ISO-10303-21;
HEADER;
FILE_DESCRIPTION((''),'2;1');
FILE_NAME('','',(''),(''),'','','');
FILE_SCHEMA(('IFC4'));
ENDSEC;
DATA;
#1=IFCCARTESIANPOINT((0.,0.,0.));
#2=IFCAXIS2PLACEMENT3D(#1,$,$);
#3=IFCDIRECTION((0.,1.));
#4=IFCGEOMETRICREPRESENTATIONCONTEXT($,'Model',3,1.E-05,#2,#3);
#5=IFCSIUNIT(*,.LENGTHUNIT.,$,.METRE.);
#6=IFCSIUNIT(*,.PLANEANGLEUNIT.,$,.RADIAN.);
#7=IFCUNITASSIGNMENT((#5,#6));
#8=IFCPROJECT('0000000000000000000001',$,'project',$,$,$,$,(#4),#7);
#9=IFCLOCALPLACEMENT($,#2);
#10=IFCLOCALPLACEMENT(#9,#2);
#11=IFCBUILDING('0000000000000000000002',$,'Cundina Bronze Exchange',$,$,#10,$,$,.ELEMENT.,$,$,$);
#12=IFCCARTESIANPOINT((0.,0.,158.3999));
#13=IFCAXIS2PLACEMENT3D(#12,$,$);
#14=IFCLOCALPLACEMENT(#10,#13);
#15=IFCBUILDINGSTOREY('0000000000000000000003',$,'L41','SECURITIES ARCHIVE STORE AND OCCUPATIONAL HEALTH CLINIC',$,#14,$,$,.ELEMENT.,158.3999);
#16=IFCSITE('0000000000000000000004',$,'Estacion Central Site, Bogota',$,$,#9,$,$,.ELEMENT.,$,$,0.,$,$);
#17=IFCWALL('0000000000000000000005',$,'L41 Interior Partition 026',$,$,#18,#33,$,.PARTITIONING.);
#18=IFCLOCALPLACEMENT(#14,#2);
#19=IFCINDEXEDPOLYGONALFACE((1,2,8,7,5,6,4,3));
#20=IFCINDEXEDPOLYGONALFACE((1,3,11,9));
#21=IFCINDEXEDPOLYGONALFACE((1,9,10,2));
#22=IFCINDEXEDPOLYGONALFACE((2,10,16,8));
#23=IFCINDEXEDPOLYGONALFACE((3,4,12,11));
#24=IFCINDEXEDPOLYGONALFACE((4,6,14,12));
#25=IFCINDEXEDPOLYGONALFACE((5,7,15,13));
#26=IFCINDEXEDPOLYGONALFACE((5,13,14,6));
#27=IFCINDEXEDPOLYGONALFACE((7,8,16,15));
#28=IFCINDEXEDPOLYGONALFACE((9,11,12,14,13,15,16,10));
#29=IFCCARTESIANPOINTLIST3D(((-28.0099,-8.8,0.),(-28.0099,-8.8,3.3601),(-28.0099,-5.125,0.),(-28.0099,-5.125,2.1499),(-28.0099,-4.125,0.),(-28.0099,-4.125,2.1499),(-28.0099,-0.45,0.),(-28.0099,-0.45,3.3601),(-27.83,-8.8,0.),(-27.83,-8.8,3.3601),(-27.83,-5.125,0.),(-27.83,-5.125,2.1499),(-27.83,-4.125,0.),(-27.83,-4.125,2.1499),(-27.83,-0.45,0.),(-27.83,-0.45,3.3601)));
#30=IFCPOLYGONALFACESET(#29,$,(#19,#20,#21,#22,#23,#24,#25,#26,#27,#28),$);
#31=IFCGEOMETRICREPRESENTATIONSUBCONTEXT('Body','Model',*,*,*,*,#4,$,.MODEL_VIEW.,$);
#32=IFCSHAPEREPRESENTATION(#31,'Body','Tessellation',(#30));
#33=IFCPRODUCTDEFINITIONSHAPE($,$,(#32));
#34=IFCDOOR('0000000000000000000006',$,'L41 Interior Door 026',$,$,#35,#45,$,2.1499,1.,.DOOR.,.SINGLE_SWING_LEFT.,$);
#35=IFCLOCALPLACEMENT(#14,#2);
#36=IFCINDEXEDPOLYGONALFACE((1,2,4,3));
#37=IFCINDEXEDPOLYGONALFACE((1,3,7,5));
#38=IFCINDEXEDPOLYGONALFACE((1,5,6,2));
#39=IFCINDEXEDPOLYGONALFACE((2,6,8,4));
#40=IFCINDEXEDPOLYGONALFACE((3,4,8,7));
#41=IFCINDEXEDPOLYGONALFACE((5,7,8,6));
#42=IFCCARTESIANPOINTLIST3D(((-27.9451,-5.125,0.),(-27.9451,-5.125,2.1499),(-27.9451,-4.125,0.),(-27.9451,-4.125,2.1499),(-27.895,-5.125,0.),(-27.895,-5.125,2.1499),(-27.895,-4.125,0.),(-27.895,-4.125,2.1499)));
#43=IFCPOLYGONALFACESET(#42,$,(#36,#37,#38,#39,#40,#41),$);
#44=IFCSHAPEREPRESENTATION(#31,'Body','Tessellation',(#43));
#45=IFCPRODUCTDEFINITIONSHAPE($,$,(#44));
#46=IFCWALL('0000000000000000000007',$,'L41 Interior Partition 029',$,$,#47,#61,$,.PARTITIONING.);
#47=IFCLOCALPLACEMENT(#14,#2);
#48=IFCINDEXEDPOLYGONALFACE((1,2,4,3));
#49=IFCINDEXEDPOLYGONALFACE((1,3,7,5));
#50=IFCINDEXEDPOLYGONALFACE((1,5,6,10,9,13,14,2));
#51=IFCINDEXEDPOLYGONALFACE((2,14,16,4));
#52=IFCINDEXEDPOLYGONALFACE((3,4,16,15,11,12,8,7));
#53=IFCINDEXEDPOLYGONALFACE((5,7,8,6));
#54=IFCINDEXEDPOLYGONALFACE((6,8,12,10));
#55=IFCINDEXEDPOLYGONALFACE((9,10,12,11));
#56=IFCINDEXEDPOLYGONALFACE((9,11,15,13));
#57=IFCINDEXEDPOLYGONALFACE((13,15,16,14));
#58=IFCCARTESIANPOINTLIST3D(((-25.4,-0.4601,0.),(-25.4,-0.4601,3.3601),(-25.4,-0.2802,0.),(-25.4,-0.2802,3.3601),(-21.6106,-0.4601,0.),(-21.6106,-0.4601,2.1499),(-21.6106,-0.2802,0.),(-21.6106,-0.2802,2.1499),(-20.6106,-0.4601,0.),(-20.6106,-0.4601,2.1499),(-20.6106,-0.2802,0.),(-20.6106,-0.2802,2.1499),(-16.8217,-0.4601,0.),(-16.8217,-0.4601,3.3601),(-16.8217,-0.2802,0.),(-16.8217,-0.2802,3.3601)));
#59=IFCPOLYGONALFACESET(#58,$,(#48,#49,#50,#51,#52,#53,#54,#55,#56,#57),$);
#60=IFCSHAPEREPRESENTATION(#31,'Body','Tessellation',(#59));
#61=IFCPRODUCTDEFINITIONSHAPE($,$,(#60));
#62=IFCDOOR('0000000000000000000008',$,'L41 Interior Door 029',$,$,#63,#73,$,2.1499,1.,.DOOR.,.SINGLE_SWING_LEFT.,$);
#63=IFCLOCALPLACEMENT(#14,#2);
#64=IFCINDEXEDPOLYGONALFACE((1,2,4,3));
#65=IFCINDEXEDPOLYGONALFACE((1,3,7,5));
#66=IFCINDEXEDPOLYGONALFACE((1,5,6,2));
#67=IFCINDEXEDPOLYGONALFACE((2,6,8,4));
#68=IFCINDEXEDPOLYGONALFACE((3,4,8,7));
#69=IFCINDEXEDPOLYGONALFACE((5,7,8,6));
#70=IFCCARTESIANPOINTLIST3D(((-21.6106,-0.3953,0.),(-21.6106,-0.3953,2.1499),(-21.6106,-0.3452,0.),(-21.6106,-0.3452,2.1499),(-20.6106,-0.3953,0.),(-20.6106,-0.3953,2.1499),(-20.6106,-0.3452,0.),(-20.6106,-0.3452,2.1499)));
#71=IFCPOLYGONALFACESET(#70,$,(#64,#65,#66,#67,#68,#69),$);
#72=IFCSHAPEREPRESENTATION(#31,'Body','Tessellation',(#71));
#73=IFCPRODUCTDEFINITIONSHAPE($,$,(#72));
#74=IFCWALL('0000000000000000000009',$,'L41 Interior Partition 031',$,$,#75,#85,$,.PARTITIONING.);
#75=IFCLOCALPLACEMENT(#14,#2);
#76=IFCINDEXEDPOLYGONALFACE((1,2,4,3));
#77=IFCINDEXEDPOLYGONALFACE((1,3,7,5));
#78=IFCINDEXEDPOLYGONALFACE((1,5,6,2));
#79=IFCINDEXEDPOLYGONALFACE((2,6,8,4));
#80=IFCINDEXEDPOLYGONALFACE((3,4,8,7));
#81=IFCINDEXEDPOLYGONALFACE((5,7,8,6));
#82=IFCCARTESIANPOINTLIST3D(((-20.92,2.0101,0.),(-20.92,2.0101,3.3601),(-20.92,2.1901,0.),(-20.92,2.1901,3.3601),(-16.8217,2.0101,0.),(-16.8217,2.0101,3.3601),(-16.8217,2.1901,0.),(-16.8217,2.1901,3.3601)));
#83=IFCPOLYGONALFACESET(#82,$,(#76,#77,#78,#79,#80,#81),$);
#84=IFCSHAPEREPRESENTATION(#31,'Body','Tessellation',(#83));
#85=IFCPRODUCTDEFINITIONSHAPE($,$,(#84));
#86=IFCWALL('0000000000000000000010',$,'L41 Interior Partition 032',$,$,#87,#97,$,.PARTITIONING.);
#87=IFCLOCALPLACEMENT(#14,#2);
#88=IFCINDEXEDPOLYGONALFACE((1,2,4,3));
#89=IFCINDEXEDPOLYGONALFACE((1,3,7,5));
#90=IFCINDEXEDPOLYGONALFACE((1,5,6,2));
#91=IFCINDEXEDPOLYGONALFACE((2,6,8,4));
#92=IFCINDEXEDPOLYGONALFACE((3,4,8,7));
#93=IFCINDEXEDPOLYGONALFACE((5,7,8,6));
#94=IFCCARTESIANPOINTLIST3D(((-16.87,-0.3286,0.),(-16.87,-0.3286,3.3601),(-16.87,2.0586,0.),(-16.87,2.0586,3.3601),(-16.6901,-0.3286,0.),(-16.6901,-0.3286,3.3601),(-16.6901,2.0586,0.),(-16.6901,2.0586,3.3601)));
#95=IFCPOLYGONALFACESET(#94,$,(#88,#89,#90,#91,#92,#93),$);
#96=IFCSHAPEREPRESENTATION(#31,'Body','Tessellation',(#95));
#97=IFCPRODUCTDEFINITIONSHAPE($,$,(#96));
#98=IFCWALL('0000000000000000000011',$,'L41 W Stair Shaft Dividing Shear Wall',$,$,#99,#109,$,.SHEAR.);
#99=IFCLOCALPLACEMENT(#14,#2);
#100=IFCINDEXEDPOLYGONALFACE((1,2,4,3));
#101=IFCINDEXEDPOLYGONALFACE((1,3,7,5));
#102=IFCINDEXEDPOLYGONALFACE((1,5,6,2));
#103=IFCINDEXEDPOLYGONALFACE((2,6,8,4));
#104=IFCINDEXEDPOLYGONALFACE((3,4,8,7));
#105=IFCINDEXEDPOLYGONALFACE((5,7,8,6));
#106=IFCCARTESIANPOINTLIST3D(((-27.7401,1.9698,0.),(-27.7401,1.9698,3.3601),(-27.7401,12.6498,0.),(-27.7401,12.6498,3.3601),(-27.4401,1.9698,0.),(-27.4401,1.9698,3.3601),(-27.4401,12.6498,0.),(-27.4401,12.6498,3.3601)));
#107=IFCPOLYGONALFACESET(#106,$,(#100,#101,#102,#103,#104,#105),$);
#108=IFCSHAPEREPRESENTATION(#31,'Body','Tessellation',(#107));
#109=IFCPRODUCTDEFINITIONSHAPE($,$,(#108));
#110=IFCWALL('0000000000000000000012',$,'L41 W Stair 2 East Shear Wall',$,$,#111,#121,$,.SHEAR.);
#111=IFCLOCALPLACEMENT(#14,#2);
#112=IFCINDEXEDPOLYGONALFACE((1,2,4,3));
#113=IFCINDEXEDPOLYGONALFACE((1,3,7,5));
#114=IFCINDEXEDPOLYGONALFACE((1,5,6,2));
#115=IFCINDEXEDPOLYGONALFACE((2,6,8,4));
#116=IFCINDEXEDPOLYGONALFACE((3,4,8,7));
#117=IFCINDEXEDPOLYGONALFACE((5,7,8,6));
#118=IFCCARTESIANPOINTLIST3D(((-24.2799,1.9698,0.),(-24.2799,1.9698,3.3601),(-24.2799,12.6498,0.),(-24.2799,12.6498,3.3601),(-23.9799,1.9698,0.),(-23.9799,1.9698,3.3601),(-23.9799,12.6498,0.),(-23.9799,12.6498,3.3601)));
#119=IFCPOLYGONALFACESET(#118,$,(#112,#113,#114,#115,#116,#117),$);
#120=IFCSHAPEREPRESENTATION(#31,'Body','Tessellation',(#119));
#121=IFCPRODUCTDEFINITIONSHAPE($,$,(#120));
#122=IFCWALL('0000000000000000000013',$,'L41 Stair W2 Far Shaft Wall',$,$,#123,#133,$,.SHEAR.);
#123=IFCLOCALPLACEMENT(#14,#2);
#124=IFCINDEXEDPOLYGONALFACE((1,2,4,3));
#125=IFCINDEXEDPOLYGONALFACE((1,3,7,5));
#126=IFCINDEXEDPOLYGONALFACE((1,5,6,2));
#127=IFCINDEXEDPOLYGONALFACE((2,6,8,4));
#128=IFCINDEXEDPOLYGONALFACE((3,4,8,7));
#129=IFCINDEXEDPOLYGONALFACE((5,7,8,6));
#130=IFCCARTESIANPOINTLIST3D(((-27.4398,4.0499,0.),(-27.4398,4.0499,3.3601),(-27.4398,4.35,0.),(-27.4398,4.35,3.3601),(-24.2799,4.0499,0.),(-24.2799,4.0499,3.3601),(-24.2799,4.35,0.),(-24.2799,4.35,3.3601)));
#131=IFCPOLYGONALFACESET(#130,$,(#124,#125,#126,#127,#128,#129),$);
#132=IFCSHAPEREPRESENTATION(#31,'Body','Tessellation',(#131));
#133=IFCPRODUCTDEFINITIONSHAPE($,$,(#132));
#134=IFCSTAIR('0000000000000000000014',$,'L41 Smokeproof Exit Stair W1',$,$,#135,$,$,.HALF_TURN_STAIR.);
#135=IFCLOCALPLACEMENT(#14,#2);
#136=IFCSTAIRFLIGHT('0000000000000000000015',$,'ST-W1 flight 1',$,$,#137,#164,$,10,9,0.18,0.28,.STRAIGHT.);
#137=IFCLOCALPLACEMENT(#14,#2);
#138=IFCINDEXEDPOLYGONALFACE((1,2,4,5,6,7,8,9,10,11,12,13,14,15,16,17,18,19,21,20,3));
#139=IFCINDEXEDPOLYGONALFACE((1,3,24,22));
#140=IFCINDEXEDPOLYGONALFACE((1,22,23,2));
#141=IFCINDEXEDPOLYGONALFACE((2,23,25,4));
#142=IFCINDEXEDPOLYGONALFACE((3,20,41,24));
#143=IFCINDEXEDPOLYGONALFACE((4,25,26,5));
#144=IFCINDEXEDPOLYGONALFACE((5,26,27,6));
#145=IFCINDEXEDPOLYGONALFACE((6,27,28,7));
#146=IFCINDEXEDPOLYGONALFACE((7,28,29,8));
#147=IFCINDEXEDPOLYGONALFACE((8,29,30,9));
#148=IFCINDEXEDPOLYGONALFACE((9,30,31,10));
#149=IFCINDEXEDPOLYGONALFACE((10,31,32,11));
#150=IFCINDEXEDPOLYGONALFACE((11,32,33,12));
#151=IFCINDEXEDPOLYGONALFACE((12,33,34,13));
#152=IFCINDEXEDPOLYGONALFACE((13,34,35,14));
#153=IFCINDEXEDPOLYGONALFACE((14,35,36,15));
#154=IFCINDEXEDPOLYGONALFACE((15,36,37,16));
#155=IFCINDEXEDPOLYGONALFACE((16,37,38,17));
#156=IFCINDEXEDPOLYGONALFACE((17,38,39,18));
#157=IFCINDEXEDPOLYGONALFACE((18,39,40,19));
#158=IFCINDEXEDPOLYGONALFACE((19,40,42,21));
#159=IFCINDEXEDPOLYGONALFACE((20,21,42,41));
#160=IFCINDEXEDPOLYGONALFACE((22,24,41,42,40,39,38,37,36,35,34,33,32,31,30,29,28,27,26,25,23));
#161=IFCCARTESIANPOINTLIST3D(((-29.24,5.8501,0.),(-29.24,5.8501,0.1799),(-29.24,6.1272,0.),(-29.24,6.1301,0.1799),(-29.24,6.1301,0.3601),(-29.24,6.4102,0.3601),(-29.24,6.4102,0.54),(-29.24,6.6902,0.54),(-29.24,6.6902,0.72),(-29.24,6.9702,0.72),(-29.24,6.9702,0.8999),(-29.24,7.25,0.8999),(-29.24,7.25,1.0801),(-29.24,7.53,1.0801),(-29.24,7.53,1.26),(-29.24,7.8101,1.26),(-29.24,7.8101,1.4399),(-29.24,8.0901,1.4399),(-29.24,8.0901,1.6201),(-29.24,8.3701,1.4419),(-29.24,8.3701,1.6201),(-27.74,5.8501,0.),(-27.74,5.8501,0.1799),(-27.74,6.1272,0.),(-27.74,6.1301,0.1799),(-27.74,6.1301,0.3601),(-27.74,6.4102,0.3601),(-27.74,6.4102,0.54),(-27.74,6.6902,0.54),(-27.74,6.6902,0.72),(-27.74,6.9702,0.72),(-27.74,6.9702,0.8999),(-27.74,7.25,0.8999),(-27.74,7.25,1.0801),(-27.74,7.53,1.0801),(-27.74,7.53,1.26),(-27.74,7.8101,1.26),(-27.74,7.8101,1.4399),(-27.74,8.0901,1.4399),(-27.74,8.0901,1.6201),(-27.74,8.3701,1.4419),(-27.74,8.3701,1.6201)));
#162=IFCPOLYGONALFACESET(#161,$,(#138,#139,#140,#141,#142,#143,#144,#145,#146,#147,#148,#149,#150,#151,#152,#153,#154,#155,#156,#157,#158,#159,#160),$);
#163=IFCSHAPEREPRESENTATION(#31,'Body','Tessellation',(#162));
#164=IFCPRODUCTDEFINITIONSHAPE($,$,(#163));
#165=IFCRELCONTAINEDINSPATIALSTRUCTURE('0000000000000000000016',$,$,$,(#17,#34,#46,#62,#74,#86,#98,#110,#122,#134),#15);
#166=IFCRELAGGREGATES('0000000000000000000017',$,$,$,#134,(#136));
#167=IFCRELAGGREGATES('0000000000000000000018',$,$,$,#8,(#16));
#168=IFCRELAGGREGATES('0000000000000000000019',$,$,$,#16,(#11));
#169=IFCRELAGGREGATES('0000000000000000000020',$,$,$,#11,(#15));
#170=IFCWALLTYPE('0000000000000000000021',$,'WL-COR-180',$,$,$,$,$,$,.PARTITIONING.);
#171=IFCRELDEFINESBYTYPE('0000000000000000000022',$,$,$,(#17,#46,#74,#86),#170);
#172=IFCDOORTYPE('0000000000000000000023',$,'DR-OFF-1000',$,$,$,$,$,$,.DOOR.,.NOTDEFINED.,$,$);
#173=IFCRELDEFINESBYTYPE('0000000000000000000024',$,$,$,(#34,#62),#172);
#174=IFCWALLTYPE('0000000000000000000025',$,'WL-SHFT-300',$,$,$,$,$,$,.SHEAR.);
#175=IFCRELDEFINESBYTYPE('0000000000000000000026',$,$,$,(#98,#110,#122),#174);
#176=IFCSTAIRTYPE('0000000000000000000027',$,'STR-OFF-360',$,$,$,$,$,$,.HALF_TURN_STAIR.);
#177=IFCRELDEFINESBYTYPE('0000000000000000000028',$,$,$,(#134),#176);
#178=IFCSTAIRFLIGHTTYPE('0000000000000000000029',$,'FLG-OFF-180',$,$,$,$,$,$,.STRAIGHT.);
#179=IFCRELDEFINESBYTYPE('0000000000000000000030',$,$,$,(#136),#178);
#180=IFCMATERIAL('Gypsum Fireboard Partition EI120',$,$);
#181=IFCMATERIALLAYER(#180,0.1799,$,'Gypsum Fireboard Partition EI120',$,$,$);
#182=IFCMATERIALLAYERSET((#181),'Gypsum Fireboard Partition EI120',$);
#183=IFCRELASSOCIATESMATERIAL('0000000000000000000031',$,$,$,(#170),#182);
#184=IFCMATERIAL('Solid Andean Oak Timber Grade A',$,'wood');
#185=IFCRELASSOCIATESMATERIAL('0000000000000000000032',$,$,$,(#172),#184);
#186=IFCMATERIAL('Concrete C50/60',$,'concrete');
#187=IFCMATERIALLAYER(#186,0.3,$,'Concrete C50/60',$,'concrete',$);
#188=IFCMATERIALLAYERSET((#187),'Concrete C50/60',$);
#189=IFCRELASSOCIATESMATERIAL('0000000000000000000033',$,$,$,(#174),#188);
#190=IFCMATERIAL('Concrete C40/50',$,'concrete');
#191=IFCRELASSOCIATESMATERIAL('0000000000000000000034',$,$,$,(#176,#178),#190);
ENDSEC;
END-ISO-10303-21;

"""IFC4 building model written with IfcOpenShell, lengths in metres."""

from ifc_helpers import new_model, si_unit, direction, frame, frame_2d, origin, place, context, subcontext, project, spatial, polyline, rectangle, outline, extrude, material, layer, layer_set, type_object, element, fill, aggregate, save


model = new_model("IFC4")

# Units and contexts
model_context = context("Model", 3, precision=1e-05, world=origin(), true_north=direction((0.0, 1.0)))
body_context = subcontext(model_context, "Body", "Model", "MODEL_VIEW")
ifc_project = project(units=[si_unit("LENGTHUNIT", "METRE"), si_unit("PLANEANGLEUNIT", "RADIAN")], contexts=[model_context])

# Site, building, storey
site_placement = place(None, origin())
site = spatial("IfcSite", under=ifc_project, at=site_placement, Name="Estacion Central Site, Bogota", CompositionType="ELEMENT", RefElevation=0.0)
building_placement = place(site_placement, origin())
building = spatial("IfcBuilding", under=site, at=building_placement, Name="Cundina Bronze Exchange", CompositionType="ELEMENT")
storey_placement = place(building_placement, frame((0.0, 0.0, 158.3999)))
storey = spatial("IfcBuildingStorey", under=building, at=storey_placement, Name="L41", Description="SECURITIES ARCHIVE STORE AND OCCUPATIONAL HEALTH CLINIC", CompositionType="ELEMENT", Elevation=158.3999)

# Shared definitions
ifc_material_1 = material(Name="Concrete C50/60", Category="concrete")

# Shared definitions
ifc_material_2 = material(Name="Gypsum Fireboard Partition EI120")
ifc_layer_1 = layer(ifc_material_2, 0.1799, Name="Gypsum Fireboard Partition EI120")
ifc_layer_set_1 = layer_set([ifc_layer_1], Name="Gypsum Fireboard Partition EI120")
wall_type_1 = type_object("IfcWallType", Name="WL-COR-180", PredefinedType="PARTITIONING", material=ifc_layer_set_1)

# Walls, openings, doors
wall_1_placement = place(storey_placement, frame((-27.9199, -0.45, 0.0), z_axis=(0.0, 0.0, 1.0), x_axis=(0.0, -1.0, 0.0)))
wall_1 = element("IfcWall", 1, at=wall_1_placement, inside=storey, type_object=wall_type_1, Name="L41 Interior Partition 026", PredefinedType="PARTITIONING", context=body_context, shape_type="SweptSolid", body=[
    extrude(rectangle(XDim=8.3501, YDim=0.1799, at=frame_2d((4.175, 0.0))), origin(), (0.0, 0.0, 1.0), 3.3601),
])
opening_1_placement = place(wall_1_placement, frame((3.675, 0.0, 0.0)))
opening_1 = element("IfcOpeningElement", 2, at=opening_1_placement, cuts=wall_1, PredefinedType="OPENING", context=body_context, shape_type="SweptSolid", body=[
    extrude(rectangle(XDim=1.0, YDim=2.1499, at=frame_2d((0.5, 1.075))), frame((0.0, 0.0999, 0.0), z_axis=(0.0, -1.0, 0.0), x_axis=(1.0, 0.0, 0.0)), (0.0, 0.0, 1.0), 0.2),
])
ifc_material_3 = material(Name="Solid Andean Oak Timber Grade A", Category="wood")
door_type_1 = type_object("IfcDoorType", Name="DR-OFF-1000", OperationType="NOTDEFINED", PredefinedType="DOOR", material=ifc_material_3)
door_1_placement = place(opening_1_placement, origin())
door_1 = element("IfcDoor", 3, at=door_1_placement, inside=storey, type_object=door_type_1, Name="L41 Interior Door 026", OperationType="SINGLE_SWING_LEFT", OverallHeight=2.1499, OverallWidth=1.0, PredefinedType="DOOR", context=body_context, shape_type="SweptSolid", body=[
    extrude(rectangle(XDim=1.0, YDim=2.1499, at=frame_2d((0.5, 1.075))), frame((0.0, 0.0249, 0.0), z_axis=(0.0, -1.0, 0.0), x_axis=(1.0, 0.0, 0.0)), (0.0, 0.0, 1.0), 0.05),
])
fill(opening_1, door_1)
wall_2_placement = place(storey_placement, frame((-25.3999, -0.3701, 0.0), z_axis=(0.0, 0.0, 1.0), x_axis=(1.0, 0.0, 0.0)))
wall_2 = element("IfcWall", 4, at=wall_2_placement, inside=storey, type_object=wall_type_1, Name="L41 Interior Partition 029", PredefinedType="PARTITIONING", context=body_context, shape_type="SweptSolid", body=[
    extrude(rectangle(XDim=8.5784, YDim=0.1799, at=frame_2d((4.2891, 0.0))), origin(), (0.0, 0.0, 1.0), 3.3601),
])
opening_2_placement = place(wall_2_placement, frame((3.7893, 0.0, 0.0)))
opening_2 = element("IfcOpeningElement", 5, at=opening_2_placement, cuts=wall_2, PredefinedType="OPENING", context=body_context, shape_type="SweptSolid", body=[
    extrude(rectangle(XDim=1.0, YDim=2.1499, at=frame_2d((0.5, 1.075))), frame((0.0, 0.0999, 0.0), z_axis=(0.0, -1.0, 0.0), x_axis=(1.0, 0.0, 0.0)), (0.0, 0.0, 1.0), 0.2),
])
door_2_placement = place(opening_2_placement, origin())
door_2 = element("IfcDoor", 6, at=door_2_placement, inside=storey, type_object=door_type_1, Name="L41 Interior Door 029", OperationType="SINGLE_SWING_LEFT", OverallHeight=2.1499, OverallWidth=1.0, PredefinedType="DOOR", context=body_context, shape_type="SweptSolid", body=[
    extrude(rectangle(XDim=1.0, YDim=2.1499, at=frame_2d((0.5, 1.075))), frame((0.0, 0.0249, 0.0), z_axis=(0.0, -1.0, 0.0), x_axis=(1.0, 0.0, 0.0)), (0.0, 0.0, 1.0), 0.05),
])
fill(opening_2, door_2)

# Walls
wall_3_placement = place(storey_placement, frame((-16.8215, 2.1001, 0.0), z_axis=(0.0, 0.0, 1.0), x_axis=(-1.0, 0.0, 0.0)))
element("IfcWall", 7, at=wall_3_placement, inside=storey, type_object=wall_type_1, Name="L41 Interior Partition 031", PredefinedType="PARTITIONING", context=body_context, shape_type="SweptSolid", body=[
    extrude(rectangle(XDim=4.0984, YDim=0.1799, at=frame_2d((2.0493, 0.0))), origin(), (0.0, 0.0, 1.0), 3.3601),
])
wall_4_placement = place(storey_placement, frame((-16.78, -0.3286, 0.0), z_axis=(0.0, 0.0, 1.0), x_axis=(0.0, 1.0, 0.0)))
element("IfcWall", 8, at=wall_4_placement, inside=storey, type_object=wall_type_1, Name="L41 Interior Partition 032", PredefinedType="PARTITIONING", context=body_context, shape_type="SweptSolid", body=[
    extrude(rectangle(XDim=2.3872, YDim=0.1799, at=frame_2d((1.1936, 0.0))), origin(), (0.0, 0.0, 1.0), 3.3601),
])
ifc_layer_2 = layer(ifc_material_1, 0.3, Name="Concrete C50/60", Category="concrete")
ifc_layer_set_2 = layer_set([ifc_layer_2], Name="Concrete C50/60")
wall_type_2 = type_object("IfcWallType", Name="WL-SHFT-300", PredefinedType="SHEAR", material=ifc_layer_set_2)
for number, where, z_axis, x_axis, name in (
    (9, (-27.5901, 1.97, 0.0), (0.0, 0.0, 1.0), (0.0, 1.0, 0.0), "L41 W Stair Shaft Dividing Shear Wall"),
    (10, (-24.1299, 1.97, 0.0), (0.0, 0.0, 1.0), (0.0, 1.0, 0.0), "L41 W Stair 2 East Shear Wall"),
):
    element("IfcWall", number, at=place(storey_placement, frame(where, z_axis=z_axis, x_axis=x_axis)), inside=storey, type_object=wall_type_2, Name=name, PredefinedType="SHEAR", context=body_context, shape_type="SweptSolid", body=[
        extrude(rectangle(XDim=10.6799, YDim=0.3, at=frame_2d((5.3398, 0.0))), origin(), (0.0, 0.0, 1.0), 3.3601),
    ])
wall_5_placement = place(storey_placement, frame((-27.4399, 4.2, 0.0), z_axis=(0.0, 0.0, 1.0), x_axis=(1.0, 0.0, 0.0)))
element("IfcWall", 11, at=wall_5_placement, inside=storey, type_object=wall_type_2, Name="L41 Stair W2 Far Shaft Wall", PredefinedType="SHEAR", context=body_context, shape_type="SweptSolid", body=[
    extrude(rectangle(XDim=3.1599, YDim=0.3, at=frame_2d((1.5801, 0.0))), origin(), (0.0, 0.0, 1.0), 3.3601),
])

# Stair, stair flight
ifc_material_4 = material(Name="Concrete C40/50", Category="concrete")
stair_type = type_object("IfcStairType", Name="STR-OFF-360", PredefinedType="HALF_TURN_STAIR", material=ifc_material_4)
stair_placement = place(storey_placement, origin())
stair = element("IfcStair", 12, at=stair_placement, inside=storey, type_object=stair_type, Name="L41 Smokeproof Exit Stair W1", PredefinedType="HALF_TURN_STAIR")
stair_flight_type = type_object("IfcStairFlightType", Name="FLG-OFF-180", PredefinedType="STRAIGHT", material=ifc_material_4)
stair_flight_placement = place(storey_placement, frame((-28.49, 5.8501, 0.0), z_axis=(0.0, 0.0, 1.0), x_axis=(0.0, 1.0, 0.0)))
stair_flight = element("IfcStairFlight", 13, at=stair_flight_placement, type_object=stair_flight_type, Name="ST-W1 flight 1", NumberOfRisers=10, NumberOfTreads=9, PredefinedType="STRAIGHT", RiserHeight=0.18, TreadLength=0.28, context=body_context, shape_type="SweptSolid", body=[
    extrude(outline(polyline([(0.0, 0.0), (0.0, 0.1799), (0.28, 0.1799), (0.28, 0.3601), (0.5601, 0.3601), (0.5601, 0.54), (0.8401, 0.54), (0.8401, 0.72), (1.1201, 0.72), (1.1201, 0.8999), (1.3999, 0.8999), (1.3999, 1.0801), (1.6799, 1.0801), (1.6799, 1.26), (1.96, 1.26), (1.96, 1.4399), (2.24, 1.4399), (2.24, 1.6201), (2.52, 1.6201), (2.52, 1.8), (2.52, 1.4419), (0.2771, 0.0), (0.0, 0.0)])), frame((0.0, 0.75, 0.0), z_axis=(0.0, -1.0, 0.0), x_axis=(1.0, 0.0, 0.0)), (0.0, 0.0, 1.0), 1.5),
])
aggregate(stair, [stair_flight])

save(model, "model.ifc")
